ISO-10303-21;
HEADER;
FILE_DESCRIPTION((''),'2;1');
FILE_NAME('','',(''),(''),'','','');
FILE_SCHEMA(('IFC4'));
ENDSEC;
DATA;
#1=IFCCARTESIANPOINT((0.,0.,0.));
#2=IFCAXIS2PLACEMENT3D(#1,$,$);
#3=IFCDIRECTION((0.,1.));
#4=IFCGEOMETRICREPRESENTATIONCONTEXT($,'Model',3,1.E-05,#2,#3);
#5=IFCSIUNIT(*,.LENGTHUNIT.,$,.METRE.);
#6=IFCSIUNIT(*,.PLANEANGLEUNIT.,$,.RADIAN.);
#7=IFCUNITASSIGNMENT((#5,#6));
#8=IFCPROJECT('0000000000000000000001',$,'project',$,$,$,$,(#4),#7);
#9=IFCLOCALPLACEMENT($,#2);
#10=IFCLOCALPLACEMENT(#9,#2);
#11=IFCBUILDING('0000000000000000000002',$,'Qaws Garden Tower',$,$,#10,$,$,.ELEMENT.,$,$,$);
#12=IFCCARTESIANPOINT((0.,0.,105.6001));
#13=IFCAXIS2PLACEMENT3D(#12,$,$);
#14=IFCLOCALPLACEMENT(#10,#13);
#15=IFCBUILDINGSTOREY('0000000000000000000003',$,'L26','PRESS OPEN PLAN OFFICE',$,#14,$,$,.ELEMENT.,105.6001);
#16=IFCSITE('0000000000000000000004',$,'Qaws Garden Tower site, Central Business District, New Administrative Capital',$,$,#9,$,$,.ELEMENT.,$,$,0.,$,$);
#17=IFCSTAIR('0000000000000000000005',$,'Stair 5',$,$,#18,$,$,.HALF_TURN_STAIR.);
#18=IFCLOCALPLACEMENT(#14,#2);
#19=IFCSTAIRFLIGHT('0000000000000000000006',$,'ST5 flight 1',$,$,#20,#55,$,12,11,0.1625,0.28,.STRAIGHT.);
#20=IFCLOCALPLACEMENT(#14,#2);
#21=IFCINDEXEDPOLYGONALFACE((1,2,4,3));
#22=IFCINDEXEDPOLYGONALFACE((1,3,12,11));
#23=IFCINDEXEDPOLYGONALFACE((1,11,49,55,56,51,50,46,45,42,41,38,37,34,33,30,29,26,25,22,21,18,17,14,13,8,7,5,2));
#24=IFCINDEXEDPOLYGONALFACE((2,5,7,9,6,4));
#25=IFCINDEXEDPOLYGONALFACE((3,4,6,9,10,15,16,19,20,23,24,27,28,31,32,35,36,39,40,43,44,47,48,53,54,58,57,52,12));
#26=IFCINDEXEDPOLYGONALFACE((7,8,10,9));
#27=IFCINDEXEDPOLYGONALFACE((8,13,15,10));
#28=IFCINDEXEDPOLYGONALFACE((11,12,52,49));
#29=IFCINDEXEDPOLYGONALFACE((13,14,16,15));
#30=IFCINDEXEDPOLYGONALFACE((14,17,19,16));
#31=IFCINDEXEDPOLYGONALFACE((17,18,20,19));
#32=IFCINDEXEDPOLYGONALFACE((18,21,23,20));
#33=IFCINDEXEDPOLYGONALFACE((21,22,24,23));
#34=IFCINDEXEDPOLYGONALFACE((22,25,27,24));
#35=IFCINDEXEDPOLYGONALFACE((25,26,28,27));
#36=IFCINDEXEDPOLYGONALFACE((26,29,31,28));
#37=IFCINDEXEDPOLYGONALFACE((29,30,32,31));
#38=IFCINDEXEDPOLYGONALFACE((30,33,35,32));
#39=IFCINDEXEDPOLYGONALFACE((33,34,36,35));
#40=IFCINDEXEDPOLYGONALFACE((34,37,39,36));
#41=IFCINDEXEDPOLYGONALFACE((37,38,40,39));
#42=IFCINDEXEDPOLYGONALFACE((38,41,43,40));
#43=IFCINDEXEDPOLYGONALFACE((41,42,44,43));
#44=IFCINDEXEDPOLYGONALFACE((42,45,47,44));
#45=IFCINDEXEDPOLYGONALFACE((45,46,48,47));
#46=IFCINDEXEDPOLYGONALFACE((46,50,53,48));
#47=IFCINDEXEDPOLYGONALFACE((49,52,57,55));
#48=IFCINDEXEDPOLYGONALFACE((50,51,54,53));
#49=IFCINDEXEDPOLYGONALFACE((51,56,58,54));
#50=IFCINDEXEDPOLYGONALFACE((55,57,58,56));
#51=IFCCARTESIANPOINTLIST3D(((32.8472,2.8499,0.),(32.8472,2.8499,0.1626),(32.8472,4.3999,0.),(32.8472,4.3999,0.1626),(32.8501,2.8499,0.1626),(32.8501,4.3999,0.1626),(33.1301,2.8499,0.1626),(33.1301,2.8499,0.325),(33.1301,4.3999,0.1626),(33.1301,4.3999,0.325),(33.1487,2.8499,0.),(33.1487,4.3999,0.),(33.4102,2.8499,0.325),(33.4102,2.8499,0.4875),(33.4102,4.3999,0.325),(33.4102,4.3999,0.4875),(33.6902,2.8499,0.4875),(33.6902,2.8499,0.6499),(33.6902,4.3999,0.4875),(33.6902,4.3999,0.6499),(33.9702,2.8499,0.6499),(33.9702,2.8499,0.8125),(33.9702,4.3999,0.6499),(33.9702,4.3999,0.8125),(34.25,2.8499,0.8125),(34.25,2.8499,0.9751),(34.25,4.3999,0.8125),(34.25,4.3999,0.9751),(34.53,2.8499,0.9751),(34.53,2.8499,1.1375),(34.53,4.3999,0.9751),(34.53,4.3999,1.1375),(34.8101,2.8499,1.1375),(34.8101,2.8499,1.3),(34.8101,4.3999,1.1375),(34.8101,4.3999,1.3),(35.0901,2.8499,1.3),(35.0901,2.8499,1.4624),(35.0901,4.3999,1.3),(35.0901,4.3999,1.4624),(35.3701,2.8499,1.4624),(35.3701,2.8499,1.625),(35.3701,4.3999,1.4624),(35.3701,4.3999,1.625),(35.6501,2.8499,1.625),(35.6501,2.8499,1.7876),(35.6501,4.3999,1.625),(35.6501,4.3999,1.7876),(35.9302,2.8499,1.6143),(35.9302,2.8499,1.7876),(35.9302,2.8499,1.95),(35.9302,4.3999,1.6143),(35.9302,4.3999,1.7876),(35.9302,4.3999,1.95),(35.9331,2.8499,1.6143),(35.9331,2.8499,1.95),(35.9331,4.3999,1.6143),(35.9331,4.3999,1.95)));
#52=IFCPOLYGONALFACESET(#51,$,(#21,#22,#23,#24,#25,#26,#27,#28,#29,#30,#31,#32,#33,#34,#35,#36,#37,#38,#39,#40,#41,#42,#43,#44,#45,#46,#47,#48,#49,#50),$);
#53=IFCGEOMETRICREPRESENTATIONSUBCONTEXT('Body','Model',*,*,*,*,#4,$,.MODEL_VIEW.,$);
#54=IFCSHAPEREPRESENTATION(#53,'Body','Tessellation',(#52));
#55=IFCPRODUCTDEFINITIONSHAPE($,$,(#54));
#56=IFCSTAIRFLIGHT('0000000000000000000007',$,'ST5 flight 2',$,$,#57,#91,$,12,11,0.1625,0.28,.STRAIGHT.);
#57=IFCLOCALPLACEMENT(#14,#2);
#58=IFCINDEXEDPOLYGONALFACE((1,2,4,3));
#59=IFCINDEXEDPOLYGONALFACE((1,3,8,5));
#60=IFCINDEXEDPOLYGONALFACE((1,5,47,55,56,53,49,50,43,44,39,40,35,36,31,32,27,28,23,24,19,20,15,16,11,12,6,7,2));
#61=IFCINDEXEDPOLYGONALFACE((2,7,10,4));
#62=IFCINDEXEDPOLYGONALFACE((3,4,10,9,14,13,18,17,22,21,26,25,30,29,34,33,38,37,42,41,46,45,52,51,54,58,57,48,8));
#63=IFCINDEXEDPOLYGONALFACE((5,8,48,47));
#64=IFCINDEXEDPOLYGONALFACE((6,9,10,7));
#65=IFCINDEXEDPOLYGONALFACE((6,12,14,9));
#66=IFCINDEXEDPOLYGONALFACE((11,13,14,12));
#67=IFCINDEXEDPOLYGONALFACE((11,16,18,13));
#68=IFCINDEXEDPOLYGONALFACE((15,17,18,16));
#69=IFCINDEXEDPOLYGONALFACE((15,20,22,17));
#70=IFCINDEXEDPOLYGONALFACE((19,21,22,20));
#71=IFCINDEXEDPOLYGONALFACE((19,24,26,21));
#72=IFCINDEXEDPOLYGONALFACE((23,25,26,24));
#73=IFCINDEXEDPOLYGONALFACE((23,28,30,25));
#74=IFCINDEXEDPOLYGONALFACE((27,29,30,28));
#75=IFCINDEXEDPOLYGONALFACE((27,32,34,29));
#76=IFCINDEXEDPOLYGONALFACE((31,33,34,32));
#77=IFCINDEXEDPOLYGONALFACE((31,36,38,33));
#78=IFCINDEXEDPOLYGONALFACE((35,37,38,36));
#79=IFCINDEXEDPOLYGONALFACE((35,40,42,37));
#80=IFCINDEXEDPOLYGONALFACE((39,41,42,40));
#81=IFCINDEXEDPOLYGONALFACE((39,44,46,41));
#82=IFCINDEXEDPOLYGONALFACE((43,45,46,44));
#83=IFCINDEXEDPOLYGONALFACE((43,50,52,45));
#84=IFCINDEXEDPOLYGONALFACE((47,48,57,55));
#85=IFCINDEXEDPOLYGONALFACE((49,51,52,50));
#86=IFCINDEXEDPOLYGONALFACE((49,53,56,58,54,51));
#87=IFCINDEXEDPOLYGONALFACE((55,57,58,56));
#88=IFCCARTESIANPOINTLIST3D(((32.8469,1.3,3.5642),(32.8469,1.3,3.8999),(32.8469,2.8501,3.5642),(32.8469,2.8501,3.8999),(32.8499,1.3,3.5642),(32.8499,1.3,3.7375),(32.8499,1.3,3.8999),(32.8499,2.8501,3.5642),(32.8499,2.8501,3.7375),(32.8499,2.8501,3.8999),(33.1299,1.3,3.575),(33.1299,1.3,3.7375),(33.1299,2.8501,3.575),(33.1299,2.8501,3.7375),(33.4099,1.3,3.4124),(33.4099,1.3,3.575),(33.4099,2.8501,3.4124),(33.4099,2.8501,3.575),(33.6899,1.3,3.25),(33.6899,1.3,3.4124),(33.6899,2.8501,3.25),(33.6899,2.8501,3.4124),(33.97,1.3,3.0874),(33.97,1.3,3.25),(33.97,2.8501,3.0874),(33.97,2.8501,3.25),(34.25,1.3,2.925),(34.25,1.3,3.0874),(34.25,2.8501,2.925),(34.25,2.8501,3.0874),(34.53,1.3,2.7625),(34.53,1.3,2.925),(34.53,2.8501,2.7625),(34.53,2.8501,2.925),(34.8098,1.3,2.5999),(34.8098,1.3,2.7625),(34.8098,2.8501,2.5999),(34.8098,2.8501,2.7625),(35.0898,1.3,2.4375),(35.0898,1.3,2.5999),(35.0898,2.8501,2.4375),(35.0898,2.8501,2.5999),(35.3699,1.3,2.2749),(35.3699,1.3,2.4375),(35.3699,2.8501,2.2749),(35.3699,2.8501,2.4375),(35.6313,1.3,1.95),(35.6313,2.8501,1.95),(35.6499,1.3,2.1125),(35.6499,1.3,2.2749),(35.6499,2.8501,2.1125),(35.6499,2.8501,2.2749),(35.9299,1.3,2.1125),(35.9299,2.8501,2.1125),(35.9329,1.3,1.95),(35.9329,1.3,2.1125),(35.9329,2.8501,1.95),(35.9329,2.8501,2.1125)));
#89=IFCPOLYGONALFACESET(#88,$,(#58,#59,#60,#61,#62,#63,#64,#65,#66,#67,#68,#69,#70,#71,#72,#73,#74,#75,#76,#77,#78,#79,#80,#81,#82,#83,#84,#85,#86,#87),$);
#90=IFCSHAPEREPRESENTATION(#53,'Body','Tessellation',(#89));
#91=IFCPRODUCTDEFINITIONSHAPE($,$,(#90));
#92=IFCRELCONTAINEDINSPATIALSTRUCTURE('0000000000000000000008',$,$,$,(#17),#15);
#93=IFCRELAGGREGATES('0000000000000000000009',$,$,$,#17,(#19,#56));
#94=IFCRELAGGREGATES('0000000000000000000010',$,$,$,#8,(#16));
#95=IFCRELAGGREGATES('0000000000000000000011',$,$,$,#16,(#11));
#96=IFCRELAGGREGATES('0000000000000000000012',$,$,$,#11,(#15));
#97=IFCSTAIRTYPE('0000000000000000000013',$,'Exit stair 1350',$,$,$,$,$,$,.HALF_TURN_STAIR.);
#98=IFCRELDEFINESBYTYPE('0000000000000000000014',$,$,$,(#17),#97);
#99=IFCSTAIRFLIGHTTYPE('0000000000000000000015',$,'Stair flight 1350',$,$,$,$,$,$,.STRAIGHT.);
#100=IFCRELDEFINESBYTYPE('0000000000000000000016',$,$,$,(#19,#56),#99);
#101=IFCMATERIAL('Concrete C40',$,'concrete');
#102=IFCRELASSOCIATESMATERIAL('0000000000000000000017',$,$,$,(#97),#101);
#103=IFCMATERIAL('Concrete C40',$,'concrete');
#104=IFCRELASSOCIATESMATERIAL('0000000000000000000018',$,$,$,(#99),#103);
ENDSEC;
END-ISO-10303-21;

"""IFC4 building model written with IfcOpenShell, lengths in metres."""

from ifc_helpers import new_model, si_unit, direction, frame, origin, place, context, subcontext, project, spatial, polyline, outline, extrude, material, type_object, element, aggregate, save


model = new_model("IFC4")

# Units and contexts
model_context = context("Model", 3, precision=1e-05, world=origin(), true_north=direction((0.0, 1.0)))
body_context = subcontext(model_context, "Body", "Model", "MODEL_VIEW")
ifc_project = project(units=[si_unit("LENGTHUNIT", "METRE"), si_unit("PLANEANGLEUNIT", "RADIAN")], contexts=[model_context])

# Site, building, storey
site_placement = place(None, origin())
site = spatial("IfcSite", under=ifc_project, at=site_placement, Name="Qaws Garden Tower site, Central Business District, New Administrative Capital", CompositionType="ELEMENT", RefElevation=0.0)
building_placement = place(site_placement, origin())
building = spatial("IfcBuilding", under=site, at=building_placement, Name="Qaws Garden Tower", CompositionType="ELEMENT")
storey_placement = place(building_placement, frame((0.0, 0.0, 105.6001)))
storey = spatial("IfcBuildingStorey", under=building, at=storey_placement, Name="L26", Description="PRESS OPEN PLAN OFFICE", CompositionType="ELEMENT", Elevation=105.6001)

# Stair, stair flights
ifc_material_1 = material(Name="Concrete C40", Category="concrete")
stair_type = type_object("IfcStairType", Name="Exit stair 1350", PredefinedType="HALF_TURN_STAIR", material=ifc_material_1)
stair_placement = place(storey_placement, origin())
stair = element("IfcStair", 1, at=stair_placement, inside=storey, type_object=stair_type, Name="Stair 5", PredefinedType="HALF_TURN_STAIR")
ifc_material_2 = material(Name="Concrete C40", Category="concrete")
stair_flight_type = type_object("IfcStairFlightType", Name="Stair flight 1350", PredefinedType="STRAIGHT", material=ifc_material_2)
stair_flight_1_placement = place(storey_placement, frame((32.8501, 3.625, 0.0), z_axis=(0.0, 0.0, 1.0), x_axis=(1.0, 0.0, 0.0)))
stair_flight_1 = element("IfcStairFlight", 2, at=stair_flight_1_placement, type_object=stair_flight_type, Name="ST5 flight 1", NumberOfRisers=12, NumberOfTreads=11, PredefinedType="STRAIGHT", RiserHeight=0.1625, TreadLength=0.28, context=body_context, shape_type="SweptSolid", body=[
    extrude(outline(polyline([(-0.0029, 0.0), (-0.0029, 0.1626), (0.0, 0.1626), (0.28, 0.1626), (0.28, 0.325), (0.5601, 0.325), (0.5601, 0.4875), (0.8401, 0.4875), (0.8401, 0.6499), (1.1201, 0.6499), (1.1201, 0.8125), (1.3999, 0.8125), (1.3999, 0.9751), (1.6799, 0.9751), (1.6799, 1.1375), (1.96, 1.1375), (1.96, 1.3), (2.24, 1.3), (2.24, 1.4624), (2.52, 1.4624), (2.52, 1.625), (2.8, 1.625), (2.8, 1.7876), (3.0801, 1.7876), (3.0801, 1.95), (3.083, 1.95), (3.083, 1.6143), (3.0801, 1.6143), (0.2986, 0.0), (-0.0029, 0.0)])), frame((0.0, 0.7749, 0.0), z_axis=(0.0, -1.0, 0.0), x_axis=(1.0, 0.0, 0.0)), (0.0, 0.0, 1.0), 1.55),
])
stair_flight_2_placement = place(storey_placement, frame((35.9299, 2.075, 1.95), z_axis=(0.0, 0.0, 1.0), x_axis=(-1.0, 0.0, 0.0)))
stair_flight_2 = element("IfcStairFlight", 3, at=stair_flight_2_placement, type_object=stair_flight_type, Name="ST5 flight 2", NumberOfRisers=12, NumberOfTreads=11, PredefinedType="STRAIGHT", RiserHeight=0.1625, TreadLength=0.28, context=body_context, shape_type="SweptSolid", body=[
    extrude(outline(polyline([(-0.0029, 0.0), (-0.0029, 0.1626), (0.0, 0.1626), (0.28, 0.1626), (0.28, 0.325), (0.5601, 0.325), (0.5601, 0.4875), (0.8401, 0.4875), (0.8401, 0.6499), (1.1201, 0.6499), (1.1201, 0.8125), (1.3999, 0.8125), (1.3999, 0.9751), (1.6799, 0.9751), (1.6799, 1.1375), (1.96, 1.1375), (1.96, 1.3), (2.24, 1.3), (2.24, 1.4624), (2.52, 1.4624), (2.52, 1.625), (2.8, 1.625), (2.8, 1.7876), (3.0801, 1.7876), (3.0801, 1.95), (3.083, 1.95), (3.083, 1.6143), (3.0801, 1.6143), (0.2986, 0.0), (-0.0029, 0.0)])), frame((0.0, 0.7749, 0.0), z_axis=(0.0, -1.0, 0.0), x_axis=(1.0, 0.0, 0.0)), (0.0, 0.0, 1.0), 1.55),
])
aggregate(stair, [stair_flight_1, stair_flight_2])

save(model, "model.ifc")
